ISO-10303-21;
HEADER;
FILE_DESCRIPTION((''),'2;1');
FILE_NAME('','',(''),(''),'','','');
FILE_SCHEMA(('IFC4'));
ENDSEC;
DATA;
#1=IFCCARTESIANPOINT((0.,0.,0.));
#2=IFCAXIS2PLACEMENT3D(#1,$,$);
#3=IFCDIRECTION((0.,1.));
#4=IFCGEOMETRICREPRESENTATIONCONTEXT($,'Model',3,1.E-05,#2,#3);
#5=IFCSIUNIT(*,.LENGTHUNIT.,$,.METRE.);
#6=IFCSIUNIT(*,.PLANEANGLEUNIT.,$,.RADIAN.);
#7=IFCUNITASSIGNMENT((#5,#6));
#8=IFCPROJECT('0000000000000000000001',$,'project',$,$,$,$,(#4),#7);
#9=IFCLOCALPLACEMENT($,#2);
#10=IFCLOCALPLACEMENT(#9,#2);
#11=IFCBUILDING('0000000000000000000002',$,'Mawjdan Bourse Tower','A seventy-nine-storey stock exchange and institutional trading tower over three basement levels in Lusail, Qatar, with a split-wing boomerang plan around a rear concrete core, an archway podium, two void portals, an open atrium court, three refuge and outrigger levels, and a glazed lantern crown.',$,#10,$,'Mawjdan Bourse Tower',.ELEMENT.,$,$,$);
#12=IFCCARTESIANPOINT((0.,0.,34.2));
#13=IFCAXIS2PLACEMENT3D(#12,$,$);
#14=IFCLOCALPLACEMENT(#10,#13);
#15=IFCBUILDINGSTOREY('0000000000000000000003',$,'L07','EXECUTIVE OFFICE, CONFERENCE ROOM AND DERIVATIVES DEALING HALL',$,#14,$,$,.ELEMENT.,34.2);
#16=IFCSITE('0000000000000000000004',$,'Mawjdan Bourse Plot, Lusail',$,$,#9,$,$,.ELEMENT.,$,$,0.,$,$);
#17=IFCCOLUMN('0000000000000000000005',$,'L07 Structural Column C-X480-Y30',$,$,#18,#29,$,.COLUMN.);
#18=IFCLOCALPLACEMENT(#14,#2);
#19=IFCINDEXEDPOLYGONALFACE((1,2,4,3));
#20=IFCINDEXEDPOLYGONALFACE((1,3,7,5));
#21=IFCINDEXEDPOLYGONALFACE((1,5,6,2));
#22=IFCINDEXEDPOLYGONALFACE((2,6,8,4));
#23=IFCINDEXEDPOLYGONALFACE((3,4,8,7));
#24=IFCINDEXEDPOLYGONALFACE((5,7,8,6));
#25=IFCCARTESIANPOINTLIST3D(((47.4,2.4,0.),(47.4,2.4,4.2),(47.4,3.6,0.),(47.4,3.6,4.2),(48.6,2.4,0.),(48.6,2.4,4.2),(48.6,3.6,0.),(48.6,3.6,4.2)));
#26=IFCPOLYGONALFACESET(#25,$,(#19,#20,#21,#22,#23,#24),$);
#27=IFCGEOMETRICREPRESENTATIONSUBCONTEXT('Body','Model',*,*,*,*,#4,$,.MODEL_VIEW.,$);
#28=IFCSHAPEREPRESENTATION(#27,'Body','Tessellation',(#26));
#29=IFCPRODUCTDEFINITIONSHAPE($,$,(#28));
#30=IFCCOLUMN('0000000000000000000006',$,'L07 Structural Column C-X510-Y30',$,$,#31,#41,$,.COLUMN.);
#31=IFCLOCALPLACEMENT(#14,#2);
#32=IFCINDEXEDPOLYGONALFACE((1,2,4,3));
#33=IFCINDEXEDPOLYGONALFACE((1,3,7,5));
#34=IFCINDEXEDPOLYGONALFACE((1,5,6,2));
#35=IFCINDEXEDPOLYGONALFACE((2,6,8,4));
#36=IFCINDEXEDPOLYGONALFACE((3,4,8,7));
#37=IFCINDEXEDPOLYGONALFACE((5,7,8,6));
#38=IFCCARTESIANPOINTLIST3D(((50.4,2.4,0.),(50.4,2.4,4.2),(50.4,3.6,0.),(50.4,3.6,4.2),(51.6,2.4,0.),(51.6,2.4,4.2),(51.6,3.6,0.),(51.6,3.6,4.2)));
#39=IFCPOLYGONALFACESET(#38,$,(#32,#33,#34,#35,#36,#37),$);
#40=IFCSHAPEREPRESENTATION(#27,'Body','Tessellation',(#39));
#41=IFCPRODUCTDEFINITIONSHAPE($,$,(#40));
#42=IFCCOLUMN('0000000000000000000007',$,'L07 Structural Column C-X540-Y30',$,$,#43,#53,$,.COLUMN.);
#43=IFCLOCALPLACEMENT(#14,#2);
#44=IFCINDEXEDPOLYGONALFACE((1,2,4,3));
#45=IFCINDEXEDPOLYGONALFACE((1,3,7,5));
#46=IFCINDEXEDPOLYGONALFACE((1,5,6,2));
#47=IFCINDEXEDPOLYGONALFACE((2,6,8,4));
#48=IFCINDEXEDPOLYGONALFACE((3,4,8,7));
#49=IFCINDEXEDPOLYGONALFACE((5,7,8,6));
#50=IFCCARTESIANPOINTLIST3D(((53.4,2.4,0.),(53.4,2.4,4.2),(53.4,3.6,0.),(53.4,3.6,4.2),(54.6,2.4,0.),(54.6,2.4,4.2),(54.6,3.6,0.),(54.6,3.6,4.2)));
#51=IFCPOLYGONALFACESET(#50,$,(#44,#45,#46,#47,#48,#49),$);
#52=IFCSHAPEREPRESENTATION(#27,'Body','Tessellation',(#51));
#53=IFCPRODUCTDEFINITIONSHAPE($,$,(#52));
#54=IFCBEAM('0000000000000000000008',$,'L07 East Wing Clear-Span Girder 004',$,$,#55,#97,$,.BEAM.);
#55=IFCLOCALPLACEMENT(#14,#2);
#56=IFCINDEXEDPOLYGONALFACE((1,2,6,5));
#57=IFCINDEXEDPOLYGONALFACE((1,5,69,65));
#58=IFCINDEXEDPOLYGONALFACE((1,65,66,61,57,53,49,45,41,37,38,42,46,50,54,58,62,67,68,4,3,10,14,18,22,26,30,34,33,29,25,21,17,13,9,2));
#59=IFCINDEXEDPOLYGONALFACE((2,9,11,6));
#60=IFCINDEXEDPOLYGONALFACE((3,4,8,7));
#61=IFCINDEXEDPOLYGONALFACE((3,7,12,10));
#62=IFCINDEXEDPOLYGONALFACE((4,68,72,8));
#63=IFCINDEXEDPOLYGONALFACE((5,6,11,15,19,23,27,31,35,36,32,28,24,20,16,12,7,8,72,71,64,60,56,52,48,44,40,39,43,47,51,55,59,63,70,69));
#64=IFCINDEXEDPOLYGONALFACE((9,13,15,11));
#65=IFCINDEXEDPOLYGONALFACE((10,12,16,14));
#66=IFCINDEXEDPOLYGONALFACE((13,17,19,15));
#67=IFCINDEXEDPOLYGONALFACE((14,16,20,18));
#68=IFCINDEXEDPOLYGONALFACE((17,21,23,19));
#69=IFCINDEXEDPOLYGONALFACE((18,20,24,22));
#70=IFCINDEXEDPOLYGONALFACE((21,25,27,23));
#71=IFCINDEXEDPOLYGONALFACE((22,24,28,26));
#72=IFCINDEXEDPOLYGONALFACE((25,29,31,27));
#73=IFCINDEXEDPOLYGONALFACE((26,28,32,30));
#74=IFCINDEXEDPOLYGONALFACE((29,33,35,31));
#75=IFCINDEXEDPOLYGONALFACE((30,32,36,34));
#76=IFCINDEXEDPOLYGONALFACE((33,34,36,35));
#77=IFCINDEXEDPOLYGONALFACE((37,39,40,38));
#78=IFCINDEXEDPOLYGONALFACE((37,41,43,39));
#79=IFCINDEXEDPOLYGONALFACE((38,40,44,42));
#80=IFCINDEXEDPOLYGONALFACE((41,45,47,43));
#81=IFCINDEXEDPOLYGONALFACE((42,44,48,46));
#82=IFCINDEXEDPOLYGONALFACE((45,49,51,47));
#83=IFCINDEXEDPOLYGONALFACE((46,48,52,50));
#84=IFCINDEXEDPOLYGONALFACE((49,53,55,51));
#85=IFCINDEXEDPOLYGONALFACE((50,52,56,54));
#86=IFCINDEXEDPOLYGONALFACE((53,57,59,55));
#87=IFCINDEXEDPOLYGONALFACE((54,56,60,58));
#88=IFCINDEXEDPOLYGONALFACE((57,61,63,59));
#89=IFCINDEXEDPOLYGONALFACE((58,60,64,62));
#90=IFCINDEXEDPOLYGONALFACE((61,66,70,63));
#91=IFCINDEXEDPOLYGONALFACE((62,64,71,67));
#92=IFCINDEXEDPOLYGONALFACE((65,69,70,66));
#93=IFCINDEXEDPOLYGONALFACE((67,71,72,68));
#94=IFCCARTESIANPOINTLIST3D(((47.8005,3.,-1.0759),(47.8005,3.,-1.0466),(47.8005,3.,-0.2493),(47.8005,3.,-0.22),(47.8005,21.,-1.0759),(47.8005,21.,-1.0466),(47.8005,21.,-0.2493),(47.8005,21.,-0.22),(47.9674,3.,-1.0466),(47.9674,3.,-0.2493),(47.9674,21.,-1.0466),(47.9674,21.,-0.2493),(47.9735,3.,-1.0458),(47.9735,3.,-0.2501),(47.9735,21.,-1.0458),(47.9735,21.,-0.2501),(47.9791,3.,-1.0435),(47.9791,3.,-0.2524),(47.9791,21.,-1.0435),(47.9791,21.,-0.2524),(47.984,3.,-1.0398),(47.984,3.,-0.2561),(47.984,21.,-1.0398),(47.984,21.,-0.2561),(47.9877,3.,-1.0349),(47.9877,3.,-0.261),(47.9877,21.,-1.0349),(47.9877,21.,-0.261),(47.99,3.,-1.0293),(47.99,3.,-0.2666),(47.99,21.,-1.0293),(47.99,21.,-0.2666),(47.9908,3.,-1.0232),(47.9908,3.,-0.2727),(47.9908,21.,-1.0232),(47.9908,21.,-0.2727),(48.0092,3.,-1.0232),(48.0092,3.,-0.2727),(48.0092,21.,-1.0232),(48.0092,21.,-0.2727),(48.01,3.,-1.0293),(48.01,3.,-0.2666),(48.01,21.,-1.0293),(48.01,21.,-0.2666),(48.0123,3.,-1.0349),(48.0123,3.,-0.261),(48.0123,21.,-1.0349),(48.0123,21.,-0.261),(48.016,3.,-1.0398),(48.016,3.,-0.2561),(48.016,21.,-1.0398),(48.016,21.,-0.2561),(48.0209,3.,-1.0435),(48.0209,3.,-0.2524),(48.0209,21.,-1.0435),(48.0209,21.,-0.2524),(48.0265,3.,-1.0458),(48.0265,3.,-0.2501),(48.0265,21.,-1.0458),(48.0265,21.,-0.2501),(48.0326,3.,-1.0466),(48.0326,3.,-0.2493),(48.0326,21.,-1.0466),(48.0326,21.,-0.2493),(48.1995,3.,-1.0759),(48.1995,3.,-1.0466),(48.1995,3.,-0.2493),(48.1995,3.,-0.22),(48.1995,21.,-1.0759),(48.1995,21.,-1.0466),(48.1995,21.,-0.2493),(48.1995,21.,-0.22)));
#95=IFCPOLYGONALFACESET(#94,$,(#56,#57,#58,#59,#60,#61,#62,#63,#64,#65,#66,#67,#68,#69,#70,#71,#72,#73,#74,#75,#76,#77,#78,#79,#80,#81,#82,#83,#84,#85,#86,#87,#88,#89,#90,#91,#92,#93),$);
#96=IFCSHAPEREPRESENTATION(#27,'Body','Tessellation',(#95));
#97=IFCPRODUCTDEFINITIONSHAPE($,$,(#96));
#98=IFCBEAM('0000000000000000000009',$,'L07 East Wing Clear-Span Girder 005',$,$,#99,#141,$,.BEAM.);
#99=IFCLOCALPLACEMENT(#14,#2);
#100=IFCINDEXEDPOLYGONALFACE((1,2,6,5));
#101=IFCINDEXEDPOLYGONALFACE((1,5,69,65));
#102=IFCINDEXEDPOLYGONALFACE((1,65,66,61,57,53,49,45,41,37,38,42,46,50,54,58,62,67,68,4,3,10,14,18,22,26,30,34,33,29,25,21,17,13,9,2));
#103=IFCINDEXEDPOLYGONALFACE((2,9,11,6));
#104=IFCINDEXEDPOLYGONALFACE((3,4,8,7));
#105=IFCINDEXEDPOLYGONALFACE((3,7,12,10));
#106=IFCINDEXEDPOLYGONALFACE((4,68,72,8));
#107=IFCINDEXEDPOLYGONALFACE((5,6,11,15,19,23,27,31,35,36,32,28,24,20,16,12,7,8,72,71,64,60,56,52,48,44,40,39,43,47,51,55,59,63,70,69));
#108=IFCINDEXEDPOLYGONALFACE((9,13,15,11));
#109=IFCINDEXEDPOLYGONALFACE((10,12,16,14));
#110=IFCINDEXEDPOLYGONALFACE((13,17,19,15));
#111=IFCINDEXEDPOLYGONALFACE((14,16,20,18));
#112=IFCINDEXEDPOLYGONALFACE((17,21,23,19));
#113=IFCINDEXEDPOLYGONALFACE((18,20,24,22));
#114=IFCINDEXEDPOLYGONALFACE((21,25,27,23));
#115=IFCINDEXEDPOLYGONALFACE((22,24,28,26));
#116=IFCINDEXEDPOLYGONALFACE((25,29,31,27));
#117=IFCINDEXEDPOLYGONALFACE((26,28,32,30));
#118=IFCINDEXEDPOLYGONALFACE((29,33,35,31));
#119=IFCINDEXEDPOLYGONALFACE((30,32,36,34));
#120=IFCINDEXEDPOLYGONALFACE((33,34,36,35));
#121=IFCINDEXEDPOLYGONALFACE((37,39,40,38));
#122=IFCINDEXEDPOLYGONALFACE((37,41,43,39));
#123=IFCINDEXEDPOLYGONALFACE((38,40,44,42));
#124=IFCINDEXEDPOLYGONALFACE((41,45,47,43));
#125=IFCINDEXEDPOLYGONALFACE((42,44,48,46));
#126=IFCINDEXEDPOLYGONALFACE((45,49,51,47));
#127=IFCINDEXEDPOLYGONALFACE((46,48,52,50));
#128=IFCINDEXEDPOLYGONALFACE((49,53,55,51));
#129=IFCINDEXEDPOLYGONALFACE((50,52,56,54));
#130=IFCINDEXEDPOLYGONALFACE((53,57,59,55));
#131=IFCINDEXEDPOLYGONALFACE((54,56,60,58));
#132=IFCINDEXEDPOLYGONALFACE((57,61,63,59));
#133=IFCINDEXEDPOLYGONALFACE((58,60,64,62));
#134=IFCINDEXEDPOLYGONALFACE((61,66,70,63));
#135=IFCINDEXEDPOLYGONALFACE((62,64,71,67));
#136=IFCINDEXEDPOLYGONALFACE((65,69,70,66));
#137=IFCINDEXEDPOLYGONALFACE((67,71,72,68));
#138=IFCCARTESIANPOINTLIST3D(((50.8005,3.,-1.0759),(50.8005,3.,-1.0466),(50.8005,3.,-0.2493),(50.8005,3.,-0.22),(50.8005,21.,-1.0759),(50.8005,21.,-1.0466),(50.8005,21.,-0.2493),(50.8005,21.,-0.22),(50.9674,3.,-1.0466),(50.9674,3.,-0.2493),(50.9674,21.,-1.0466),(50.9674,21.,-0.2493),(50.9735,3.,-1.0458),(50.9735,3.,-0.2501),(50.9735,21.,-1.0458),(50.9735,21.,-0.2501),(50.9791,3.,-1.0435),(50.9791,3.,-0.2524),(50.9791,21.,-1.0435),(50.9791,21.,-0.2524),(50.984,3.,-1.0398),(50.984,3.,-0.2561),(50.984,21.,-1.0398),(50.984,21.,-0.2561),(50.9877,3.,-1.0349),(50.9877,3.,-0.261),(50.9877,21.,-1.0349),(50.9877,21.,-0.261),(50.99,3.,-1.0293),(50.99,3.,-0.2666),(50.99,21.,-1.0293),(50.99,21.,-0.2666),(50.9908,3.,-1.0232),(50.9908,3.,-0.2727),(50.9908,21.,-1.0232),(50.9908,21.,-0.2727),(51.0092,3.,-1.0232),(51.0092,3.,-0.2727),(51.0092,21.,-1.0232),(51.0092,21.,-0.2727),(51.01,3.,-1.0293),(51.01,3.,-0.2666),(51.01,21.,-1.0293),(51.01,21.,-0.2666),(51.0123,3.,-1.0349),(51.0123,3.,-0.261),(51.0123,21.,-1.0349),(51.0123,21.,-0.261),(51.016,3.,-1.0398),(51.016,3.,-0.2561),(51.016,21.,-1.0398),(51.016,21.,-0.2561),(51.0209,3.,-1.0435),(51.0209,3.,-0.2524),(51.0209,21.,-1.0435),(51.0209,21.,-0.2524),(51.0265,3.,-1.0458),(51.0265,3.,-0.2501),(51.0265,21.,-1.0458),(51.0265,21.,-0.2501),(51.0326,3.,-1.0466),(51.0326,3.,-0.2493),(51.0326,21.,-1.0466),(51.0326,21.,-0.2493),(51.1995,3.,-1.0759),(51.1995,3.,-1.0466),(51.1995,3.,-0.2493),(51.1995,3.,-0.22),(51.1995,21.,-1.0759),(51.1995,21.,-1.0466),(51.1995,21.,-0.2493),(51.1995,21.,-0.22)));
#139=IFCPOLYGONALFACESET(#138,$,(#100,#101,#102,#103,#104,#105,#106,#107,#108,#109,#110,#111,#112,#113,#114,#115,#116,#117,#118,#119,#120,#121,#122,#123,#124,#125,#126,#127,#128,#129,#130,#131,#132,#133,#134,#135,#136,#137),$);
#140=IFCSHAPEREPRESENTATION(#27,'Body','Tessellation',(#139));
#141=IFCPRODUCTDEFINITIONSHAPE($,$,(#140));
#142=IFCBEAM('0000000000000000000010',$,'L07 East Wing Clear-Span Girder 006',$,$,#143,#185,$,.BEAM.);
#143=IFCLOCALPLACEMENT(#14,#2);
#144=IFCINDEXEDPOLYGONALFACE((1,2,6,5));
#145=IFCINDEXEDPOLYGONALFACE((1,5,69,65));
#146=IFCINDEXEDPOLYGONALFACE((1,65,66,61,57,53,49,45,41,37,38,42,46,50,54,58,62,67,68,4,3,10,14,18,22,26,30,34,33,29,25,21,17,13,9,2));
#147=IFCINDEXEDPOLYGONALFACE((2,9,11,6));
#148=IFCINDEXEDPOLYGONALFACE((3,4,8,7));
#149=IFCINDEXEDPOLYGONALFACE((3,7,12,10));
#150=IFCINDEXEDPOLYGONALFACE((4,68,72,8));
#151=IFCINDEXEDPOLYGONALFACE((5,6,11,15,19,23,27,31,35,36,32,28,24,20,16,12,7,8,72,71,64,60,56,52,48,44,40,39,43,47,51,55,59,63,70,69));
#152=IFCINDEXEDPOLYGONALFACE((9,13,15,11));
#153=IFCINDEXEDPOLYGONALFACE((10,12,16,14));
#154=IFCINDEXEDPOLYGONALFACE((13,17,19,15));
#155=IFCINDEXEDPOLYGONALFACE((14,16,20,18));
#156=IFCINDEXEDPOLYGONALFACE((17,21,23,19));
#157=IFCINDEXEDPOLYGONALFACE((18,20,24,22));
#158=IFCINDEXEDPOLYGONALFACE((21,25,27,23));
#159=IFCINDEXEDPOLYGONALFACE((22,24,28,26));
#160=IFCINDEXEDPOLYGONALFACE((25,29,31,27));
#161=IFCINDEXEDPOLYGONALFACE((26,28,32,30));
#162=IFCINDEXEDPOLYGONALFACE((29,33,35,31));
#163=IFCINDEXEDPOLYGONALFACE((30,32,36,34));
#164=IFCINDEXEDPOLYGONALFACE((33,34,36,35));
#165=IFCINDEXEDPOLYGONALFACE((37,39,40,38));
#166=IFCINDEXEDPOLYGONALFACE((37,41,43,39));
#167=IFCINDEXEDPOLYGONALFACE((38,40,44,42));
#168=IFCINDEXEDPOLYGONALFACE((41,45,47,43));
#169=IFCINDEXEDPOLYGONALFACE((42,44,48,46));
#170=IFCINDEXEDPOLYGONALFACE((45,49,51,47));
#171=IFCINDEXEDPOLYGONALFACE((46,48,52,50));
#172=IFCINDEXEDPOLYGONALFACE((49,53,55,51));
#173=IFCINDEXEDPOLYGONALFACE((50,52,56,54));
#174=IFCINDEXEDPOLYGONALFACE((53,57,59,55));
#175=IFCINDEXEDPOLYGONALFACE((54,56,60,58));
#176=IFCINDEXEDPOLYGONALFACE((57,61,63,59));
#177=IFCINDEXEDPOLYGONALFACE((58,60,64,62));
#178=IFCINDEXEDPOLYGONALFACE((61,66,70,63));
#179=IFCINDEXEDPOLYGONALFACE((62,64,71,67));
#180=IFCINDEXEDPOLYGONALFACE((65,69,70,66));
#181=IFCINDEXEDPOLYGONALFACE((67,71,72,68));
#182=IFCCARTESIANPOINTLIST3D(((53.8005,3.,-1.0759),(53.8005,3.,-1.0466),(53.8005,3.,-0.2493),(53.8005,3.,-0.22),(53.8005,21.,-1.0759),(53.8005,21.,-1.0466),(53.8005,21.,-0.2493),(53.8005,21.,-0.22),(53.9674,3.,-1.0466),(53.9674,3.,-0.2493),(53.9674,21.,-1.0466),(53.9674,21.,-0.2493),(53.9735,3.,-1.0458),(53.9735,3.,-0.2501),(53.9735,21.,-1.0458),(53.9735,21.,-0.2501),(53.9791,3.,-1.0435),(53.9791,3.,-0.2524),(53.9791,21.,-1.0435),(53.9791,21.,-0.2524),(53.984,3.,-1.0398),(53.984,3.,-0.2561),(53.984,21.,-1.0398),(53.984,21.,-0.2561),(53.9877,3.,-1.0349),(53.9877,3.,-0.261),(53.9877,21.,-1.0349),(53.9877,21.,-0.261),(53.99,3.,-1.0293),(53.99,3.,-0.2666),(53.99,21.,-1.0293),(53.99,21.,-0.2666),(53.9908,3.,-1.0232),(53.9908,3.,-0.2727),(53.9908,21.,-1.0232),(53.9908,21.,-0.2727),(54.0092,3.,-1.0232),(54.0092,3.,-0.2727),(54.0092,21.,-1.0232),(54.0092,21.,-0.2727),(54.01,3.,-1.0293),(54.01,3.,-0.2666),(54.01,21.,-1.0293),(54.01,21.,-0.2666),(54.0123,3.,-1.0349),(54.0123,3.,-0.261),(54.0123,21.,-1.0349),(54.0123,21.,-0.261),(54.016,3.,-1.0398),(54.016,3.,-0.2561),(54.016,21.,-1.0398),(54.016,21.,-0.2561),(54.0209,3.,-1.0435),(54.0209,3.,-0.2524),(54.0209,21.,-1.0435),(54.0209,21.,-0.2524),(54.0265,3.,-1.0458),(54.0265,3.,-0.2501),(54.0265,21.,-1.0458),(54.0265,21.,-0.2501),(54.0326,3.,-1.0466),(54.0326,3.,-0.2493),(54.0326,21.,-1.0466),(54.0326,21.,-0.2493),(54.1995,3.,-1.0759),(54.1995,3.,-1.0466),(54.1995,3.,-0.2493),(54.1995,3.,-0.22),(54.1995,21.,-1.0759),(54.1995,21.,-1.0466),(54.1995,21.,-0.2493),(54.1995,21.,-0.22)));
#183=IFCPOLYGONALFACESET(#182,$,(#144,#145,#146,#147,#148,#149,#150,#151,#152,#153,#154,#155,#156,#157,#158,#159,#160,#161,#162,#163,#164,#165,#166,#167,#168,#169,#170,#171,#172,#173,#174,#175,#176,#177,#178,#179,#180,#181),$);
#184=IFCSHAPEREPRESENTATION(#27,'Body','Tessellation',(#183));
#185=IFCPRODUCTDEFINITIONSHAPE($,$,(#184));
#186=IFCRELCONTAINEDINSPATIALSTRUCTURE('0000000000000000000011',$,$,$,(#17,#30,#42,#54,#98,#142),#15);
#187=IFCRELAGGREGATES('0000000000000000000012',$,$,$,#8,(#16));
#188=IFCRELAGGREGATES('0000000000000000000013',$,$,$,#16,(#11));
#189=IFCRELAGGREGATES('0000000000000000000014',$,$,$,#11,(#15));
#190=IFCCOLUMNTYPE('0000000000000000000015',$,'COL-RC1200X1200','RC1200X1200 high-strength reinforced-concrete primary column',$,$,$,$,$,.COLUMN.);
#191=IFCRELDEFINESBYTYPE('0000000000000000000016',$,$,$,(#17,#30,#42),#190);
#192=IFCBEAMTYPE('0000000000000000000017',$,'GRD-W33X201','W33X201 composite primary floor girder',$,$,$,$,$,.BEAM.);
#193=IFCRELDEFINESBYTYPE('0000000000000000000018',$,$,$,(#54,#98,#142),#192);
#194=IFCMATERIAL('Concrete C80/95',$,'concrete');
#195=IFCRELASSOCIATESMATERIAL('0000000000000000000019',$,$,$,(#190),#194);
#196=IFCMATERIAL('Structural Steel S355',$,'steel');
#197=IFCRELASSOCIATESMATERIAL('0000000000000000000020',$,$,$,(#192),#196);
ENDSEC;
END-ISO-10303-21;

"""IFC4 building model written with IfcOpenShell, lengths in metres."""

from ifc_helpers import new_model, si_unit, direction, frame, origin, origin_2d, place, context, subcontext, project, spatial, rectangle, i_section, extrude, material, material_profile, profile_set, type_object, element, save


model = new_model("IFC4")

# Units and contexts
model_context = context("Model", 3, precision=1e-05, world=origin(), true_north=direction((0.0, 1.0)))
body_context = subcontext(model_context, "Body", "Model", "MODEL_VIEW")
ifc_project = project(units=[si_unit("LENGTHUNIT", "METRE"), si_unit("PLANEANGLEUNIT", "RADIAN")], contexts=[model_context])

# Site, building, storey
site_placement = place(None, origin())
site = spatial("IfcSite", under=ifc_project, at=site_placement, Name="Mawjdan Bourse Plot, Lusail", CompositionType="ELEMENT", RefElevation=0.0)
building_placement = place(site_placement, origin())
building = spatial("IfcBuilding", under=site, at=building_placement, Name="Mawjdan Bourse Tower", Description="A seventy-nine-storey stock exchange and institutional trading tower over three basement levels in Lusail, Qatar, with a split-wing boomerang plan around a rear concrete core, an archway podium, two void portals, an open atrium court, three refuge and outrigger levels, and a glazed lantern crown.", LongName="Mawjdan Bourse Tower", CompositionType="ELEMENT")
storey_placement = place(building_placement, frame((0.0, 0.0, 34.2)))
storey = spatial("IfcBuildingStorey", under=building, at=storey_placement, Name="L07", Description="EXECUTIVE OFFICE, CONFERENCE ROOM AND DERIVATIVES DEALING HALL", CompositionType="ELEMENT", Elevation=34.2)

# Columns
ifc_material_1 = material(Name="Concrete C80/95", Category="concrete")
ifc_material_profile_1 = material_profile(ifc_material_1, rectangle(XDim=1.2, YDim=1.2, at=origin_2d()), Name="RC1200X1200")
ifc_profile_set_1 = profile_set([ifc_material_profile_1], Name="Concrete C80/95")
column_type = type_object("IfcColumnType", Name="COL-RC1200X1200", Description="RC1200X1200 high-strength reinforced-concrete primary column", PredefinedType="COLUMN", material=ifc_profile_set_1)
for number, where, z_axis, x_axis, name in (
    (1, (48.0, 3.0, 0.0), (0.0, 0.0, 1.0), (1.0, 0.0, 0.0), "L07 Structural Column C-X480-Y30"),
    (2, (51.0, 3.0, 0.0), (0.0, 0.0, 1.0), (1.0, 0.0, 0.0), "L07 Structural Column C-X510-Y30"),
    (3, (54.0, 3.0, 0.0), (0.0, 0.0, 1.0), (1.0, 0.0, 0.0), "L07 Structural Column C-X540-Y30"),
):
    element("IfcColumn", number, at=place(storey_placement, frame(where, z_axis=z_axis, x_axis=x_axis)), inside=storey, type_object=column_type, Name=name, PredefinedType="COLUMN", context=body_context, shape_type="SweptSolid", body=[
        extrude(rectangle(XDim=1.2, YDim=1.2, at=origin_2d()), origin(), (0.0, 0.0, 1.0), 4.2),
    ])

# Beams
ifc_material_2 = material(Name="Structural Steel S355", Category="steel")
ifc_material_profile_2 = material_profile(ifc_material_2, i_section(OverallWidth=0.3989, OverallDepth=0.856, WebThickness=0.0183, FlangeThickness=0.0293, FilletRadius=0.0234, at=origin_2d()), Name="W33X201")
ifc_profile_set_2 = profile_set([ifc_material_profile_2], Name="Structural Steel S355")
beam_type_1 = type_object("IfcBeamType", Name="GRD-W33X201", Description="W33X201 composite primary floor girder", PredefinedType="BEAM", material=ifc_profile_set_2)
for number, where, z_axis, x_axis, name in (
    (4, (48.0, 3.0, -0.6479), (0.0, 1.0, 0.0), (-1.0, 0.0, 0.0), "L07 East Wing Clear-Span Girder 004"),
    (5, (51.0, 3.0, -0.6479), (0.0, 1.0, 0.0), (-1.0, 0.0, 0.0), "L07 East Wing Clear-Span Girder 005"),
    (6, (54.0, 3.0, -0.6479), (0.0, 1.0, 0.0), (-1.0, 0.0, 0.0), "L07 East Wing Clear-Span Girder 006"),
):
    element("IfcBeam", number, at=place(storey_placement, frame(where, z_axis=z_axis, x_axis=x_axis)), inside=storey, type_object=beam_type_1, Name=name, PredefinedType="BEAM", context=body_context, shape_type="SweptSolid", body=[
        extrude(i_section(OverallWidth=0.3989, OverallDepth=0.856, WebThickness=0.0183, FlangeThickness=0.0293, FilletRadius=0.0234, at=origin_2d()), origin(), (0.0, 0.0, 1.0), 18.0),
    ])

save(model, "model.ifc")
